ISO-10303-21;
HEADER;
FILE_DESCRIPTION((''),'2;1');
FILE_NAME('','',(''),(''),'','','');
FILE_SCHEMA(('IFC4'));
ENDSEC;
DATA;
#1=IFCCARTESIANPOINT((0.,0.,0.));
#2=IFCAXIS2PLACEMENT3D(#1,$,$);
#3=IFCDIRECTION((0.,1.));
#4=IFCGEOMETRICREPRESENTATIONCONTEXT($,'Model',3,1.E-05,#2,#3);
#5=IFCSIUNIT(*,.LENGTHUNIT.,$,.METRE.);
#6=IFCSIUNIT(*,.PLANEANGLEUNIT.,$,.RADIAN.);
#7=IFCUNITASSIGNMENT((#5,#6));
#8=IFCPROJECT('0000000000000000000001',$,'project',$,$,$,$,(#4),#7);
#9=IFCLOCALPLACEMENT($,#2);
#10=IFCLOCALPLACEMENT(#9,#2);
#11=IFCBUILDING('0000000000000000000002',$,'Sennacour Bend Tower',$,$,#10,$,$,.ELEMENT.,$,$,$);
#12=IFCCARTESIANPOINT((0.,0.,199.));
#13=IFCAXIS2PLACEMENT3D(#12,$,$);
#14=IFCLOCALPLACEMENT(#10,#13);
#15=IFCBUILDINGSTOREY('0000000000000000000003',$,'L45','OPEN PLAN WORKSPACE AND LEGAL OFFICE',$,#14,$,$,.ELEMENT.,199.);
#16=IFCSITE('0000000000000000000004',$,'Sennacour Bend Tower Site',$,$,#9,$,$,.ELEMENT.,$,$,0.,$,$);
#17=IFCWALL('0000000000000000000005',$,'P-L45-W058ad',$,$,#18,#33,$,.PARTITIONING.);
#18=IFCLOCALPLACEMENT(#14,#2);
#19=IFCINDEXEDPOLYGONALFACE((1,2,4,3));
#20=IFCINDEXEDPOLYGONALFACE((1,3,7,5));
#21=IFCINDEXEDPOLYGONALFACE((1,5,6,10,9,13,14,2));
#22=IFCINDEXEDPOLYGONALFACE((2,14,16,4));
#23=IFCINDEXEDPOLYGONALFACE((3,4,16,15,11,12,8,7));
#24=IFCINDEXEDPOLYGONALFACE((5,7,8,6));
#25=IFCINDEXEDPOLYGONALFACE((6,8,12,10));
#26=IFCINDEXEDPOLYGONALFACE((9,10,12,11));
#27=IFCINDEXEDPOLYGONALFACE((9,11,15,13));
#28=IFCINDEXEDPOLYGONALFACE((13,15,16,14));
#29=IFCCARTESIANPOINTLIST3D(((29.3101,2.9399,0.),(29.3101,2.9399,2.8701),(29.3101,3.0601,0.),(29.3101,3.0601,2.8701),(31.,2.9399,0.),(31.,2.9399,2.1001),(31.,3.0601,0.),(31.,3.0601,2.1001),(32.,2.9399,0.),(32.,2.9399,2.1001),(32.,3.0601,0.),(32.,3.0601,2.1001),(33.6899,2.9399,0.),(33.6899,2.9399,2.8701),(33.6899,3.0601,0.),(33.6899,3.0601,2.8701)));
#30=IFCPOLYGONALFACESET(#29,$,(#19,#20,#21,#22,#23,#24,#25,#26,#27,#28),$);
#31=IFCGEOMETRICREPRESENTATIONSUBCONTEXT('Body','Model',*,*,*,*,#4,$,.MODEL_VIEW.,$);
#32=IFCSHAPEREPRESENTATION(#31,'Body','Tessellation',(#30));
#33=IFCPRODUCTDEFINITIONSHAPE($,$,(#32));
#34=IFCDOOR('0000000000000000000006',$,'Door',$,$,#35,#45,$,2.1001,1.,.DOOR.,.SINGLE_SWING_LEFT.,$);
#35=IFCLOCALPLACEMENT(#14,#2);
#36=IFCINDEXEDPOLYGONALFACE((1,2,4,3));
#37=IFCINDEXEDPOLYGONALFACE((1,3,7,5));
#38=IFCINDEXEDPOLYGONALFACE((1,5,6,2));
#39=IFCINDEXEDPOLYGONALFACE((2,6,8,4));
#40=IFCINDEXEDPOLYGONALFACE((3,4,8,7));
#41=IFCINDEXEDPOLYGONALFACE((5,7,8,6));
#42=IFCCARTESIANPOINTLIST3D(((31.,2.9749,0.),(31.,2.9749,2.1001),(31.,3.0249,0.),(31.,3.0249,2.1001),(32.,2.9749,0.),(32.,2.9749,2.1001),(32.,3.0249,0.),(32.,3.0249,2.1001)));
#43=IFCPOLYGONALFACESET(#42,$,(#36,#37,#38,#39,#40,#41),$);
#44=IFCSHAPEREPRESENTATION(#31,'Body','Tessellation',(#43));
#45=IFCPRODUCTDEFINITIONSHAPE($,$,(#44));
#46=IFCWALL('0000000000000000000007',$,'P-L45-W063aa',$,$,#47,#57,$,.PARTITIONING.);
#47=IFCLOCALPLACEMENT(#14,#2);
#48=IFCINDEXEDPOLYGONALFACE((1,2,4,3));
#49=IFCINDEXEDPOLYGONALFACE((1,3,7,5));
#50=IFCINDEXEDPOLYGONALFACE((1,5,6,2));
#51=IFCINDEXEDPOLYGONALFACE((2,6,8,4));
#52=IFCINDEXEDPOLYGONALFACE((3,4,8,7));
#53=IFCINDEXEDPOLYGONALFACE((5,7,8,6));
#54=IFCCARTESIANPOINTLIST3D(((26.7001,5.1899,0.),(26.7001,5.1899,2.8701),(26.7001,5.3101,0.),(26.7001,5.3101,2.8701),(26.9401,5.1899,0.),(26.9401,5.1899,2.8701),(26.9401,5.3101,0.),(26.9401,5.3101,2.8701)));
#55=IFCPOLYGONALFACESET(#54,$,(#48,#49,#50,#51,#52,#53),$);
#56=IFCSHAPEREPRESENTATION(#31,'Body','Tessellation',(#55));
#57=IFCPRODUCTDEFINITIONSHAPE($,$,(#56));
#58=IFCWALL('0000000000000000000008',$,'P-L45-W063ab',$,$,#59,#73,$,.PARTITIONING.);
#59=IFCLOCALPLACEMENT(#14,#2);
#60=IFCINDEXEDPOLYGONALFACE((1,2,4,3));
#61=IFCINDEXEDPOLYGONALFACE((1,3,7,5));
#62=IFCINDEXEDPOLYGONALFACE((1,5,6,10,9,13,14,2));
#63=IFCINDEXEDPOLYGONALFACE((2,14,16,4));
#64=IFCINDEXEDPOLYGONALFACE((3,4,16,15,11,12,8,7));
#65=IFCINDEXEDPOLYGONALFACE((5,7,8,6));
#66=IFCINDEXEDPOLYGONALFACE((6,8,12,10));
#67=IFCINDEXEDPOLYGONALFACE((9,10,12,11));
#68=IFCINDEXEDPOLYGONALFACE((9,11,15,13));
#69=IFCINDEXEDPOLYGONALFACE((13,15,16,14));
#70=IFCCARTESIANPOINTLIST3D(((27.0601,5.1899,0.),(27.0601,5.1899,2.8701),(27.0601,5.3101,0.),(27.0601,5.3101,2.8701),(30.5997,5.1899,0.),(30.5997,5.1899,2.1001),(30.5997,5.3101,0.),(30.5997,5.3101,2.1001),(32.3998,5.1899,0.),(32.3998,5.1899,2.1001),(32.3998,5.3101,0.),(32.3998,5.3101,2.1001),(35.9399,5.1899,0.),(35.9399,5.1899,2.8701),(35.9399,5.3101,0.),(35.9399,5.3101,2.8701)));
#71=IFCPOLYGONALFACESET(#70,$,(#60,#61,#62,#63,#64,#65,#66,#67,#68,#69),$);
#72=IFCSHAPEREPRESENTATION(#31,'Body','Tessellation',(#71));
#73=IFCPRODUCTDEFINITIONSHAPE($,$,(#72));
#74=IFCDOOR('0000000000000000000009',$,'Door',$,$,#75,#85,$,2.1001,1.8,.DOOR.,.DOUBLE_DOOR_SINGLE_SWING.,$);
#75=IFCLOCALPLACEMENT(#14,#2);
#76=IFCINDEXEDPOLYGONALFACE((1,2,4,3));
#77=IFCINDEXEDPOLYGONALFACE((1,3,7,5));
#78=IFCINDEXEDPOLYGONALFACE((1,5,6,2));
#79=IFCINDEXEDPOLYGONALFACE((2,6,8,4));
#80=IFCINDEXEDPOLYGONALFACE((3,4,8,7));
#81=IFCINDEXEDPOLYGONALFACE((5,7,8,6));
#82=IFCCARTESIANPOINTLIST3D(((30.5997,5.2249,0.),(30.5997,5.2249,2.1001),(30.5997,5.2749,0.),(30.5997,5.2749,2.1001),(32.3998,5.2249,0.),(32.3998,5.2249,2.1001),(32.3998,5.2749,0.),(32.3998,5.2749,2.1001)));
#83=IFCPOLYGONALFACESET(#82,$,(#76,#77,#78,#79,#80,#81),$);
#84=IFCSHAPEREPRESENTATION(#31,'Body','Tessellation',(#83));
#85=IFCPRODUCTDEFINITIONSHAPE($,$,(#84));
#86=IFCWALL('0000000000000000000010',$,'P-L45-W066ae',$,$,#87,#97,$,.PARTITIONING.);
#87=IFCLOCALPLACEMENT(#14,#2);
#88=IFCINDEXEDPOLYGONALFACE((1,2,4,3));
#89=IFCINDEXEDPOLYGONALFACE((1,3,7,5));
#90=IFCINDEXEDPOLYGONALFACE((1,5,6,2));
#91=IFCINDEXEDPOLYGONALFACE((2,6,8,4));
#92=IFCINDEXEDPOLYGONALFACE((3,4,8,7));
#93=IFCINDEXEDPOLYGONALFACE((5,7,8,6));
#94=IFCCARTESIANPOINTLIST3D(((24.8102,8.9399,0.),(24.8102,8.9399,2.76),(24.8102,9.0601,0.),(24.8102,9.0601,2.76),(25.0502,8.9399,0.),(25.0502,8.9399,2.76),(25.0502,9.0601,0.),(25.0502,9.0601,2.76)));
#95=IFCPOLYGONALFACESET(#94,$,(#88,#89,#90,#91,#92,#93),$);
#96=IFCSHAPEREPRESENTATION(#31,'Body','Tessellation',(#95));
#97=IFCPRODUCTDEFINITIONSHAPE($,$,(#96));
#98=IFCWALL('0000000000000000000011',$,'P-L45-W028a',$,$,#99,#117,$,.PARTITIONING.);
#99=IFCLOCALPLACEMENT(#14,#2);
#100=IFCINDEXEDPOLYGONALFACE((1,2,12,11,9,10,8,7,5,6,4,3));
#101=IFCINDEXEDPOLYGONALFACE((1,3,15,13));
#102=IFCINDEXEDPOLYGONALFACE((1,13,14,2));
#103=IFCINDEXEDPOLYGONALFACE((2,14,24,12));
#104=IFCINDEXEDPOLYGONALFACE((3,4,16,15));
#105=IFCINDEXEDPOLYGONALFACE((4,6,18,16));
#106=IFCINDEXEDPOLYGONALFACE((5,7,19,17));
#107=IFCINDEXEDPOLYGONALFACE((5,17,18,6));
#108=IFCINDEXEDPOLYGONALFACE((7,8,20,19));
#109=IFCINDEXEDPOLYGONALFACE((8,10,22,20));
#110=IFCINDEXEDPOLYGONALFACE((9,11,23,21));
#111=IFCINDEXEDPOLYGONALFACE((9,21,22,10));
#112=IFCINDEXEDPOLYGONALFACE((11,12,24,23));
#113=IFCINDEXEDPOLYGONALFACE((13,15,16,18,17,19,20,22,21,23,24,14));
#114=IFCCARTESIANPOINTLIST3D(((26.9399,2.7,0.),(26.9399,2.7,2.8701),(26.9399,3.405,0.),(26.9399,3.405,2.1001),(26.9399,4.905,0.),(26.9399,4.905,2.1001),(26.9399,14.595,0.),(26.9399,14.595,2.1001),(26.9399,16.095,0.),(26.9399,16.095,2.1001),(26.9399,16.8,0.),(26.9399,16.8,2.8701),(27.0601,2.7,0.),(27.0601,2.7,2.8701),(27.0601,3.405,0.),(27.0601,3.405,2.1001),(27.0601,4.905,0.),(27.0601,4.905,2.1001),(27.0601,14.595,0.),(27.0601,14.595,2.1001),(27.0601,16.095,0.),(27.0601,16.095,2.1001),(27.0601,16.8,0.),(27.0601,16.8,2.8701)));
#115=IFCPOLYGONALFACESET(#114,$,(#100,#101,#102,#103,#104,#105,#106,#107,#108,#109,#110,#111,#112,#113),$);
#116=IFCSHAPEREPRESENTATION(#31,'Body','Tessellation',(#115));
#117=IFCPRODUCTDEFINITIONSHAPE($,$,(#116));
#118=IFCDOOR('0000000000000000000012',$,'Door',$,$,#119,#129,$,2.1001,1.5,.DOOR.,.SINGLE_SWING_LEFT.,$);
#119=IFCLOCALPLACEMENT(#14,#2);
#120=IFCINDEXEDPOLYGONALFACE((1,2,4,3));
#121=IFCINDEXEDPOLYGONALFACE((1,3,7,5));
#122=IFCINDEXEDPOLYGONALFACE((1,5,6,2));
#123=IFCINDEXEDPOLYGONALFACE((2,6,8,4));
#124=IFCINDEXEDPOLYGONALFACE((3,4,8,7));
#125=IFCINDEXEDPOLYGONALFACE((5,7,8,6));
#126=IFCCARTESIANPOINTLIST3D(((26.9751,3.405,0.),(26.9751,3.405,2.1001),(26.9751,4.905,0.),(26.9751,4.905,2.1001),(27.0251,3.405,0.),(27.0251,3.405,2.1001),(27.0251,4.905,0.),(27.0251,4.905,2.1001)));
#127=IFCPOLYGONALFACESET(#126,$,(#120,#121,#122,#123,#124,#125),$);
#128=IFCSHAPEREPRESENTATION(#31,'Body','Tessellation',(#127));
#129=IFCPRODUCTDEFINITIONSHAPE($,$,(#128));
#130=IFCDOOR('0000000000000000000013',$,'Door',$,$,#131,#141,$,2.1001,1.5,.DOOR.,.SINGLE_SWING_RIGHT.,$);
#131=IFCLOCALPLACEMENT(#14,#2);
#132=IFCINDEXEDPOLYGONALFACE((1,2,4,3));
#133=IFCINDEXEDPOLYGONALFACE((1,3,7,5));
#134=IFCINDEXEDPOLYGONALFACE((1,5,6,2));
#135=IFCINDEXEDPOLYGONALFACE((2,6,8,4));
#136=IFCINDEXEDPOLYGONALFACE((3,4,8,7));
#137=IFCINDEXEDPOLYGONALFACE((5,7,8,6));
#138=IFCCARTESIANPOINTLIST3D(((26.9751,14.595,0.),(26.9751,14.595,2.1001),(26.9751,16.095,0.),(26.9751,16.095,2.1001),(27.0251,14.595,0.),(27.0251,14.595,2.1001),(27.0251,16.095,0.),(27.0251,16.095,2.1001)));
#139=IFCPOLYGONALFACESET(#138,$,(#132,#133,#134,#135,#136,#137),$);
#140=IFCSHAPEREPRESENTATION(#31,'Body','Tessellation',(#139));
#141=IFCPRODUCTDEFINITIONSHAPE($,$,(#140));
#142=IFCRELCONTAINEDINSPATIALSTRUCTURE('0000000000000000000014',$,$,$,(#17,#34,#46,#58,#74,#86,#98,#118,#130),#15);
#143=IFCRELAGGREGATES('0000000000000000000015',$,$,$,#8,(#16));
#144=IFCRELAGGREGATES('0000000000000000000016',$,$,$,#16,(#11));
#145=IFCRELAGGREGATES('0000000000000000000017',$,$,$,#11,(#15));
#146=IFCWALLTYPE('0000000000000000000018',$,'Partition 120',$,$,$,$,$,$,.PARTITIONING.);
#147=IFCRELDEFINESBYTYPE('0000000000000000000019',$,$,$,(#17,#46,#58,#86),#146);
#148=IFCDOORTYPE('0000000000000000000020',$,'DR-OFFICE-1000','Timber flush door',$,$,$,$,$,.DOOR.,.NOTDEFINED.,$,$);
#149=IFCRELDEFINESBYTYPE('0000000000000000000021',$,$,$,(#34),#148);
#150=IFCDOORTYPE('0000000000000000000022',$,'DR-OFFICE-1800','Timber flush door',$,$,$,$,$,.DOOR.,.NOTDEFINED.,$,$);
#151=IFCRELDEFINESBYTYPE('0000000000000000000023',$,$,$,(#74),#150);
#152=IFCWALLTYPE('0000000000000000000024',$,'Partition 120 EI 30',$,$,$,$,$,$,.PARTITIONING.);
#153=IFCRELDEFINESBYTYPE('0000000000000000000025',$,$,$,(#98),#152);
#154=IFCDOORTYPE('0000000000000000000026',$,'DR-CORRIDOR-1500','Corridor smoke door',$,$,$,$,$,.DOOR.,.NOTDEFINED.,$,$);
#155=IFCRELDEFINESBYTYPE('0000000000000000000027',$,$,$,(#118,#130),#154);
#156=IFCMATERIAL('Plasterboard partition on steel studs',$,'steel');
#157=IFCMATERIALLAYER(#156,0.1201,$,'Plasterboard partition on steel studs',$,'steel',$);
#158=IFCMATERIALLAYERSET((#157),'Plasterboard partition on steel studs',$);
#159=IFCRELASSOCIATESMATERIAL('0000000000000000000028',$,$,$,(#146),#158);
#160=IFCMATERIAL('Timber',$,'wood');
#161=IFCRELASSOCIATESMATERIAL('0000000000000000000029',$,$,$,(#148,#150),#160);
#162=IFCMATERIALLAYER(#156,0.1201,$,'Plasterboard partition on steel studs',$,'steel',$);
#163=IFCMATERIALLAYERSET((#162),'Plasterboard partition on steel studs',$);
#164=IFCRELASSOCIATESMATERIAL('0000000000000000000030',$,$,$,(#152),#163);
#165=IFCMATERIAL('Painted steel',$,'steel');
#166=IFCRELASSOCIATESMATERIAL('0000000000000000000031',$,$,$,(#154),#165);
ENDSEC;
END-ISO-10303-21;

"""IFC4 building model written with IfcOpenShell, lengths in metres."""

from ifc_helpers import new_model, si_unit, direction, frame, frame_2d, origin, place, context, subcontext, project, spatial, rectangle, extrude, material, layer, layer_set, type_object, element, fill, save


model = new_model("IFC4")

# Units and contexts
model_context = context("Model", 3, precision=1e-05, world=origin(), true_north=direction((0.0, 1.0)))
body_context = subcontext(model_context, "Body", "Model", "MODEL_VIEW")
ifc_project = project(units=[si_unit("LENGTHUNIT", "METRE"), si_unit("PLANEANGLEUNIT", "RADIAN")], contexts=[model_context])

# Site, building, storey
site_placement = place(None, origin())
site = spatial("IfcSite", under=ifc_project, at=site_placement, Name="Sennacour Bend Tower Site", CompositionType="ELEMENT", RefElevation=0.0)
building_placement = place(site_placement, origin())
building = spatial("IfcBuilding", under=site, at=building_placement, Name="Sennacour Bend Tower", CompositionType="ELEMENT")
storey_placement = place(building_placement, frame((0.0, 0.0, 199.0)))
storey = spatial("IfcBuildingStorey", under=building, at=storey_placement, Name="L45", Description="OPEN PLAN WORKSPACE AND LEGAL OFFICE", CompositionType="ELEMENT", Elevation=199.0)

# Shared definitions
ifc_material_1 = material(Name="Plasterboard partition on steel studs", Category="steel")
ifc_layer_1 = layer(ifc_material_1, 0.1201, Name="Plasterboard partition on steel studs", Category="steel")
ifc_layer_set_1 = layer_set([ifc_layer_1], Name="Plasterboard partition on steel studs")
wall_type_1 = type_object("IfcWallType", Name="Partition 120", PredefinedType="PARTITIONING", material=ifc_layer_set_1)

# Wall, opening, door
ifc_material_2 = material(Name="Timber", Category="wood")
door_type_1 = type_object("IfcDoorType", Name="DR-OFFICE-1000", Description="Timber flush door", OperationType="NOTDEFINED", PredefinedType="DOOR", material=ifc_material_2)
wall_1_placement = place(storey_placement, frame((29.3101, 3.0, 0.0), z_axis=(0.0, 0.0, 1.0), x_axis=(1.0, 0.0, 0.0)))
wall_1 = element("IfcWall", 1, at=wall_1_placement, inside=storey, type_object=wall_type_1, Name="P-L45-W058ad", PredefinedType="PARTITIONING", context=body_context, shape_type="SweptSolid", body=[
    extrude(rectangle(XDim=4.3799, YDim=0.1201, at=frame_2d((2.1899, 0.0))), origin(), (0.0, 0.0, 1.0), 2.8701),
])
opening_1_placement = place(wall_1_placement, frame((1.6899, 0.0, 0.0)))
opening_1 = element("IfcOpeningElement", 2, at=opening_1_placement, cuts=wall_1, PredefinedType="OPENING", context=body_context, shape_type="SweptSolid", body=[
    extrude(rectangle(XDim=1.0, YDim=2.1001, at=frame_2d((0.5, 1.05))), frame((0.0, 0.0701, 0.0), z_axis=(0.0, -1.0, 0.0), x_axis=(1.0, 0.0, 0.0)), (0.0, 0.0, 1.0), 0.1401),
])
door_1_placement = place(opening_1_placement, origin())
door_1 = element("IfcDoor", 3, at=door_1_placement, inside=storey, type_object=door_type_1, Name="Door", OperationType="SINGLE_SWING_LEFT", OverallHeight=2.1001, OverallWidth=1.0, PredefinedType="DOOR", context=body_context, shape_type="SweptSolid", body=[
    extrude(rectangle(XDim=1.0, YDim=2.1001, at=frame_2d((0.5, 1.05))), frame((0.0, 0.0249, 0.0), z_axis=(0.0, -1.0, 0.0), x_axis=(1.0, 0.0, 0.0)), (0.0, 0.0, 1.0), 0.05),
])
fill(opening_1, door_1)

# Wall
wall_2_placement = place(storey_placement, frame((26.7, 5.25, 0.0), z_axis=(0.0, 0.0, 1.0), x_axis=(1.0, 0.0, 0.0)))
element("IfcWall", 4, at=wall_2_placement, inside=storey, type_object=wall_type_1, Name="P-L45-W063aa", PredefinedType="PARTITIONING", context=body_context, shape_type="SweptSolid", body=[
    extrude(rectangle(XDim=0.24, YDim=0.1201, at=frame_2d((0.1201, 0.0))), origin(), (0.0, 0.0, 1.0), 2.8701),
])

# Wall, opening, door
wall_3_placement = place(storey_placement, frame((27.0601, 5.25, 0.0), z_axis=(0.0, 0.0, 1.0), x_axis=(1.0, 0.0, 0.0)))
wall_3 = element("IfcWall", 5, at=wall_3_placement, inside=storey, type_object=wall_type_1, Name="P-L45-W063ab", PredefinedType="PARTITIONING", context=body_context, shape_type="SweptSolid", body=[
    extrude(rectangle(XDim=8.8799, YDim=0.1201, at=frame_2d((4.4399, 0.0))), origin(), (0.0, 0.0, 1.0), 2.8701),
])
opening_2_placement = place(wall_3_placement, frame((3.5398, 0.0, 0.0)))
opening_2 = element("IfcOpeningElement", 6, at=opening_2_placement, cuts=wall_3, PredefinedType="OPENING", context=body_context, shape_type="SweptSolid", body=[
    extrude(rectangle(XDim=1.8, YDim=2.1001, at=frame_2d((0.8999, 1.05))), frame((0.0, 0.0701, 0.0), z_axis=(0.0, -1.0, 0.0), x_axis=(1.0, 0.0, 0.0)), (0.0, 0.0, 1.0), 0.1401),
])
door_type_2 = type_object("IfcDoorType", Name="DR-OFFICE-1800", Description="Timber flush door", OperationType="NOTDEFINED", PredefinedType="DOOR", material=ifc_material_2)
door_2_placement = place(opening_2_placement, origin())
door_2 = element("IfcDoor", 7, at=door_2_placement, inside=storey, type_object=door_type_2, Name="Door", OperationType="DOUBLE_DOOR_SINGLE_SWING", OverallHeight=2.1001, OverallWidth=1.8, PredefinedType="DOOR", context=body_context, shape_type="SweptSolid", body=[
    extrude(rectangle(XDim=1.8, YDim=2.1001, at=frame_2d((0.8999, 1.05))), frame((0.0, 0.0249, 0.0), z_axis=(0.0, -1.0, 0.0), x_axis=(1.0, 0.0, 0.0)), (0.0, 0.0, 1.0), 0.05),
])
fill(opening_2, door_2)

# Wall
wall_4_placement = place(storey_placement, frame((24.8101, 9.0, 0.0), z_axis=(0.0, 0.0, 1.0), x_axis=(1.0, 0.0, 0.0)))
element("IfcWall", 8, at=wall_4_placement, inside=storey, type_object=wall_type_1, Name="P-L45-W066ae", PredefinedType="PARTITIONING", context=body_context, shape_type="SweptSolid", body=[
    extrude(rectangle(XDim=0.24, YDim=0.1201, at=frame_2d((0.1201, 0.0))), origin(), (0.0, 0.0, 1.0), 2.76),
])

# Wall, openings, doors
ifc_layer_2 = layer(ifc_material_1, 0.1201, Name="Plasterboard partition on steel studs", Category="steel")
ifc_layer_set_2 = layer_set([ifc_layer_2], Name="Plasterboard partition on steel studs")
wall_type_2 = type_object("IfcWallType", Name="Partition 120 EI 30", PredefinedType="PARTITIONING", material=ifc_layer_set_2)
wall_5_placement = place(storey_placement, frame((27.0, 2.7, 0.0), z_axis=(0.0, 0.0, 1.0), x_axis=(0.0, 1.0, 0.0)))
wall_5 = element("IfcWall", 9, at=wall_5_placement, inside=storey, type_object=wall_type_2, Name="P-L45-W028a", PredefinedType="PARTITIONING", context=body_context, shape_type="SweptSolid", body=[
    extrude(rectangle(XDim=14.1001, YDim=0.1201, at=frame_2d((7.05, 0.0))), origin(), (0.0, 0.0, 1.0), 2.8701),
])
opening_3_placement = place(wall_5_placement, frame((0.7051, 0.0, 0.0)))
opening_3 = element("IfcOpeningElement", 10, at=opening_3_placement, cuts=wall_5, PredefinedType="OPENING", context=body_context, shape_type="SweptSolid", body=[
    extrude(rectangle(XDim=1.5, YDim=2.1001, at=frame_2d((0.75, 1.05))), frame((0.0, 0.0701, 0.0), z_axis=(0.0, -1.0, 0.0), x_axis=(1.0, 0.0, 0.0)), (0.0, 0.0, 1.0), 0.1401),
])
opening_4_placement = place(wall_5_placement, frame((11.895, 0.0, 0.0)))
opening_4 = element("IfcOpeningElement", 11, at=opening_4_placement, cuts=wall_5, PredefinedType="OPENING", context=body_context, shape_type="SweptSolid", body=[
    extrude(rectangle(XDim=1.5, YDim=2.1001, at=frame_2d((0.75, 1.05))), frame((0.0, 0.0701, 0.0), z_axis=(0.0, -1.0, 0.0), x_axis=(1.0, 0.0, 0.0)), (0.0, 0.0, 1.0), 0.1401),
])
ifc_material_3 = material(Name="Painted steel", Category="steel")
door_type_3 = type_object("IfcDoorType", Name="DR-CORRIDOR-1500", Description="Corridor smoke door", OperationType="NOTDEFINED", PredefinedType="DOOR", material=ifc_material_3)
door_3_placement = place(opening_3_placement, origin())
door_3 = element("IfcDoor", 12, at=door_3_placement, inside=storey, type_object=door_type_3, Name="Door", OperationType="SINGLE_SWING_LEFT", OverallHeight=2.1001, OverallWidth=1.5, PredefinedType="DOOR", context=body_context, shape_type="SweptSolid", body=[
    extrude(rectangle(XDim=1.5, YDim=2.1001, at=frame_2d((0.75, 1.05))), frame((0.0, 0.0249, 0.0), z_axis=(0.0, -1.0, 0.0), x_axis=(1.0, 0.0, 0.0)), (0.0, 0.0, 1.0), 0.05),
])
fill(opening_3, door_3)
door_4_placement = place(opening_4_placement, origin())
door_4 = element("IfcDoor", 13, at=door_4_placement, inside=storey, type_object=door_type_3, Name="Door", OperationType="SINGLE_SWING_RIGHT", OverallHeight=2.1001, OverallWidth=1.5, PredefinedType="DOOR", context=body_context, shape_type="SweptSolid", body=[
    extrude(rectangle(XDim=1.5, YDim=2.1001, at=frame_2d((0.75, 1.05))), frame((0.0, 0.0249, 0.0), z_axis=(0.0, -1.0, 0.0), x_axis=(1.0, 0.0, 0.0)), (0.0, 0.0, 1.0), 0.05),
])
fill(opening_4, door_4)

save(model, "model.ifc")
